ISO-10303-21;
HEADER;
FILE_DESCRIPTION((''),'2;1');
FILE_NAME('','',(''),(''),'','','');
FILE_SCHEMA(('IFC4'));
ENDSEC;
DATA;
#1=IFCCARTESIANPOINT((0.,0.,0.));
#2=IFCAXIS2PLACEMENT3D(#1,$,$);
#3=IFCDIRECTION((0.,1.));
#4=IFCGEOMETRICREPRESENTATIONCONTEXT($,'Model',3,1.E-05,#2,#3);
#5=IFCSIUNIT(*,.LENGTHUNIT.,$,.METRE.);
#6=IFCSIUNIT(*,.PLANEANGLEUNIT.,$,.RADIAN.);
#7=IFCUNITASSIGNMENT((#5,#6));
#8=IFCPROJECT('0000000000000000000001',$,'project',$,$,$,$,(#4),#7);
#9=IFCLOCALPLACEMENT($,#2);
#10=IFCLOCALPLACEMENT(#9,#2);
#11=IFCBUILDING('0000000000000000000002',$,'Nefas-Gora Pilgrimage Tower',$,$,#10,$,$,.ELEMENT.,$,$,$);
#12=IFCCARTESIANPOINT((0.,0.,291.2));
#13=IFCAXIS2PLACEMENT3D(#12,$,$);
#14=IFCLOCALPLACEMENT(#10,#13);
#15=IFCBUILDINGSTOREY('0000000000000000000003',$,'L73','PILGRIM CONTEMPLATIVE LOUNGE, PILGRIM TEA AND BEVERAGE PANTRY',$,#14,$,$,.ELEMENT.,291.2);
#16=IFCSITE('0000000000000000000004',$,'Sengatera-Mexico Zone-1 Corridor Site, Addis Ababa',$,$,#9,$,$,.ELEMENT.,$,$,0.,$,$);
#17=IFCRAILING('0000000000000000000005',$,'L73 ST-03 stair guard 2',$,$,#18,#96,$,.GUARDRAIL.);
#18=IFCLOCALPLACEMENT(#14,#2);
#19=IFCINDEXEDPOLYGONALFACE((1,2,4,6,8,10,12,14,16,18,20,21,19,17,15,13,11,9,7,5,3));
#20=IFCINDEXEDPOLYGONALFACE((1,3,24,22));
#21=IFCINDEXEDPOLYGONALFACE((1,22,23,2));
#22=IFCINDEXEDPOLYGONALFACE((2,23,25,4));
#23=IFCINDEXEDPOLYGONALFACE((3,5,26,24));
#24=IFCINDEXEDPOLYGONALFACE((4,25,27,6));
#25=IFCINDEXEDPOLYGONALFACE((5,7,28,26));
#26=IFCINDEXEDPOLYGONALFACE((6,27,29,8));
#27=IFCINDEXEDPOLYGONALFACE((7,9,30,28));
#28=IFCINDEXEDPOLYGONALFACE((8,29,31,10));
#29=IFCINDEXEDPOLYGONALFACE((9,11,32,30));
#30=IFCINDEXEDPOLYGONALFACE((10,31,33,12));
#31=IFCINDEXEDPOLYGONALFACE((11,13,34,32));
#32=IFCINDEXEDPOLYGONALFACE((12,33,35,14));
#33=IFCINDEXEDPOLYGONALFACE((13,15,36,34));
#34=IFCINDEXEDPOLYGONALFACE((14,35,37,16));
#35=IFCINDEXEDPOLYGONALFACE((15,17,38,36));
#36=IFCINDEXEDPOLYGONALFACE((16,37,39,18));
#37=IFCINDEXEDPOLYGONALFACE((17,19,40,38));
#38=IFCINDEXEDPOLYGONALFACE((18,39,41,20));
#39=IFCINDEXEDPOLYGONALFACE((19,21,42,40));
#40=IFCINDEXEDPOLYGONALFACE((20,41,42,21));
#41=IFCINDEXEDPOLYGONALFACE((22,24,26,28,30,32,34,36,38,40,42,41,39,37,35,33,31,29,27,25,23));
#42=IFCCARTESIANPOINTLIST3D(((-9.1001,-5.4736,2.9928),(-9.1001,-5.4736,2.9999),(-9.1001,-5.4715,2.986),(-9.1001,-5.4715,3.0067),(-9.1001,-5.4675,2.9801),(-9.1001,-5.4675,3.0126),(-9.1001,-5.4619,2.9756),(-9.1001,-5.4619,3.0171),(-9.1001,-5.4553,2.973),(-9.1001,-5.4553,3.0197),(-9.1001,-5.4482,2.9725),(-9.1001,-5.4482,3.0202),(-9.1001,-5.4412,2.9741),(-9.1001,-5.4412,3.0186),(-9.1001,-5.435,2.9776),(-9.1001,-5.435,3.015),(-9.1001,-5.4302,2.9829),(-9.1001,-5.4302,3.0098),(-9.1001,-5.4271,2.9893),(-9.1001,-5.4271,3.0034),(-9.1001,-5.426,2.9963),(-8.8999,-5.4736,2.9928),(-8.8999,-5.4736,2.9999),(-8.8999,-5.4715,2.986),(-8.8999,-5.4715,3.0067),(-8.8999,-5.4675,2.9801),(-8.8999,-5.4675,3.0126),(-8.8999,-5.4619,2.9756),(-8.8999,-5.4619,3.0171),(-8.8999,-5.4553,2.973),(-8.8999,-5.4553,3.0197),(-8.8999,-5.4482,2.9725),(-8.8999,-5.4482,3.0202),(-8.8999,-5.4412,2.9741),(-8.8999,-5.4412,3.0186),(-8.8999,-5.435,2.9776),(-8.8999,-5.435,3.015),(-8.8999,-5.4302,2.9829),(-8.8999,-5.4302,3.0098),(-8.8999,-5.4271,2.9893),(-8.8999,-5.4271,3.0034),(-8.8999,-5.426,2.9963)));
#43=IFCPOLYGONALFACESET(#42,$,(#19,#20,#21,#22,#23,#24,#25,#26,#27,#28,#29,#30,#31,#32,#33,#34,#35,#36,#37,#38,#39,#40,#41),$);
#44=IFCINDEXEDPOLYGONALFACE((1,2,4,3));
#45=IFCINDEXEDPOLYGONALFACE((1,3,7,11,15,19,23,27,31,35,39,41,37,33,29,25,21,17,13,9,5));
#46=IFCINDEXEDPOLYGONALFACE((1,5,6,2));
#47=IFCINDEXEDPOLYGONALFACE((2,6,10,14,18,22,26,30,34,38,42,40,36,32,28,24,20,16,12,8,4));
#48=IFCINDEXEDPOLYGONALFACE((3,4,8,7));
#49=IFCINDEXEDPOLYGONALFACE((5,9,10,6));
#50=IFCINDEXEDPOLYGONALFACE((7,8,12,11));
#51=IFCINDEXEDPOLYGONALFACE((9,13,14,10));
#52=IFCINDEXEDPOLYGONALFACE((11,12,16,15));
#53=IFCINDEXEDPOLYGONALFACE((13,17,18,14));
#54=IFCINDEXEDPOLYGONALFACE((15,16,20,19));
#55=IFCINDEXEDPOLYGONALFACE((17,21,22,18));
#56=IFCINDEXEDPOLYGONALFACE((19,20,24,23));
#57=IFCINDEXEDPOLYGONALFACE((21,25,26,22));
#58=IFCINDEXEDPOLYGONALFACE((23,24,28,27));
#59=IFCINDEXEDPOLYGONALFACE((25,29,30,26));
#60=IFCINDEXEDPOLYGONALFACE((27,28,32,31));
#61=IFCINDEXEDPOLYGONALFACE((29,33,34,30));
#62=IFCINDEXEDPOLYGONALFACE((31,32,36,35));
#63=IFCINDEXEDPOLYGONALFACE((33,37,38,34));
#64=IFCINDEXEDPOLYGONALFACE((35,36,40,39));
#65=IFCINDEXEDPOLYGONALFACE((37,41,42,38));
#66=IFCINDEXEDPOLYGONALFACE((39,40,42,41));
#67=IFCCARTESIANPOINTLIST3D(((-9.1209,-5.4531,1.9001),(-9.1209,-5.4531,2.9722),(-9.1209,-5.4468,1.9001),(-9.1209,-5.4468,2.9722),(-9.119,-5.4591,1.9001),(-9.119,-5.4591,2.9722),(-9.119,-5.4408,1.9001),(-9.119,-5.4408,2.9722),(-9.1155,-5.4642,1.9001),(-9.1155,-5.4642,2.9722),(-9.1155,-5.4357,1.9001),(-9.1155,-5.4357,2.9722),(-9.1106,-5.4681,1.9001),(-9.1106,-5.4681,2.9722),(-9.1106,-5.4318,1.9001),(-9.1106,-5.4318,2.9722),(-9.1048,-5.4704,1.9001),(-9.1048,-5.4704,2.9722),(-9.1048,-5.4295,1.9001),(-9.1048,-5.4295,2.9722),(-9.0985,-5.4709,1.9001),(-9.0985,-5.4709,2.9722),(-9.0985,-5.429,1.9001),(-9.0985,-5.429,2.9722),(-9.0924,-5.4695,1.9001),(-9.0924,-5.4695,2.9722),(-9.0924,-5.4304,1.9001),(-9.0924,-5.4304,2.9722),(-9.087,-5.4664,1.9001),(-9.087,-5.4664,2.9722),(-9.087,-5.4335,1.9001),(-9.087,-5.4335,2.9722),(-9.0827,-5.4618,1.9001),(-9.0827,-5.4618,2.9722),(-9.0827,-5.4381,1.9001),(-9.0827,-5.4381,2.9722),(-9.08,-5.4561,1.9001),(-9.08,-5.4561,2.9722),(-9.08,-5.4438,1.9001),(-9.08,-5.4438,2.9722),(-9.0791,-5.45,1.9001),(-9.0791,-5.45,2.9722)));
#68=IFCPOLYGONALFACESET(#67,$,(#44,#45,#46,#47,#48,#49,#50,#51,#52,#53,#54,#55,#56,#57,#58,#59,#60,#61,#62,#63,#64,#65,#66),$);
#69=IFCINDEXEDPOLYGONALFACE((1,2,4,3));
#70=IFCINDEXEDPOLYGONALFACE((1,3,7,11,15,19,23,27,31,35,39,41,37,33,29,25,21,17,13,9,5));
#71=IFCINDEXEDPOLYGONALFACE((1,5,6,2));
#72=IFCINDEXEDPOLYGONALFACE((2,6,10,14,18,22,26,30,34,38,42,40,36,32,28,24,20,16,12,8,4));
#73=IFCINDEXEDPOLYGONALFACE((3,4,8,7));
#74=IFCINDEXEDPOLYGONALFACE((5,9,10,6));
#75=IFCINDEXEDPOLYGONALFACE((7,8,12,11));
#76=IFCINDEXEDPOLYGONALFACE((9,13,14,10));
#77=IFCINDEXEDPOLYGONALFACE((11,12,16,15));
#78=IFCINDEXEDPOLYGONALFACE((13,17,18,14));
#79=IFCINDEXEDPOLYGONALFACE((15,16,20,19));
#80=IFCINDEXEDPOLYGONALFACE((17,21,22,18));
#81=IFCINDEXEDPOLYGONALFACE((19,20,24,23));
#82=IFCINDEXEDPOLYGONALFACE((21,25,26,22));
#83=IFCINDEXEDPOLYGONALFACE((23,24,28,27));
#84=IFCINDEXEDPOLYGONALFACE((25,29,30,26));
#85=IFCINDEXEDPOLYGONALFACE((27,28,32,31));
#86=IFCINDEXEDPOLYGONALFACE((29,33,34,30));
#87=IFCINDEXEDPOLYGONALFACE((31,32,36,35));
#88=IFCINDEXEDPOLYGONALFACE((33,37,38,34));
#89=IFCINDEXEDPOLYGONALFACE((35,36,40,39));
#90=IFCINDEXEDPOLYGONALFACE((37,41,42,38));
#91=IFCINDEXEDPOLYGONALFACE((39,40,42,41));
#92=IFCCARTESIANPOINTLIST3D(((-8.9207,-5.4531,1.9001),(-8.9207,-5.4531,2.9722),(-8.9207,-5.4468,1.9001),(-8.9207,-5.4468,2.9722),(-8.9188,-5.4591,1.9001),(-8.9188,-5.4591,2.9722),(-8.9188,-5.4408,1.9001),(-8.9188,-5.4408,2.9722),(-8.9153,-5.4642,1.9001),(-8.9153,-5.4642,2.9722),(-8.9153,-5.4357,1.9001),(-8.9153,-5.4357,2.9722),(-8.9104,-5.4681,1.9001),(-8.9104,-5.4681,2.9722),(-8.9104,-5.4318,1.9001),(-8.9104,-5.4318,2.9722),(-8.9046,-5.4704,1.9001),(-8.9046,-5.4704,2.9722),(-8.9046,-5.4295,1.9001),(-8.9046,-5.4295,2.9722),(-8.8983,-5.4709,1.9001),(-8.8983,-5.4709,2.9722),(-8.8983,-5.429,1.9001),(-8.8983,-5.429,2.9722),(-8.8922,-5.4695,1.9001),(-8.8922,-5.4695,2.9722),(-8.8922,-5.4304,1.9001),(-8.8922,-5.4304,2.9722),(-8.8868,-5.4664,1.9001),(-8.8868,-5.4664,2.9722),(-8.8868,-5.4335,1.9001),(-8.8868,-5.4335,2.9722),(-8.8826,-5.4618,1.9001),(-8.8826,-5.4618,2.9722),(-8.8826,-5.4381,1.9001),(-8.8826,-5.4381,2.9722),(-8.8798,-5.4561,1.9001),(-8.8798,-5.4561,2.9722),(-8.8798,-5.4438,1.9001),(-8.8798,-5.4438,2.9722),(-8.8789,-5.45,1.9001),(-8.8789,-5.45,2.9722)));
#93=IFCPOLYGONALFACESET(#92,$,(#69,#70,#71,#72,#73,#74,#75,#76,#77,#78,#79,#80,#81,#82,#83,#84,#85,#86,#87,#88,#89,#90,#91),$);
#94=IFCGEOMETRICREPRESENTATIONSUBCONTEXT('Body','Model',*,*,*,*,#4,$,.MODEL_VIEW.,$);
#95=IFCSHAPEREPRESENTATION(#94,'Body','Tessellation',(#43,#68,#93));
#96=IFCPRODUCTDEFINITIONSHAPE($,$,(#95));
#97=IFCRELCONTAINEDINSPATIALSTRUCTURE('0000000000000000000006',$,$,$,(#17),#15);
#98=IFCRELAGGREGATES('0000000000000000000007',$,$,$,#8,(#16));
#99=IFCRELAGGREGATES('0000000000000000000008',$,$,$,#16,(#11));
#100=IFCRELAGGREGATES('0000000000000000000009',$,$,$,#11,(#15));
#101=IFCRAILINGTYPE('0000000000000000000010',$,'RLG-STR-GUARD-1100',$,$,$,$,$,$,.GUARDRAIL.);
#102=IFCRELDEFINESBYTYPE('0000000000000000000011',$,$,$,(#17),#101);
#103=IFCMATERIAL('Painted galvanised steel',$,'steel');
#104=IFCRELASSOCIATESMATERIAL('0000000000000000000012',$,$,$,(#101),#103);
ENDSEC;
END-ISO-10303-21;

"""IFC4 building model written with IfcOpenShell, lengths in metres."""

from ifc_helpers import new_model, si_unit, direction, frame, origin, origin_2d, place, context, subcontext, project, spatial, circle, extrude, material, type_object, element, save


model = new_model("IFC4")

# Units and contexts
model_context = context("Model", 3, precision=1e-05, world=origin(), true_north=direction((0.0, 1.0)))
body_context = subcontext(model_context, "Body", "Model", "MODEL_VIEW")
ifc_project = project(units=[si_unit("LENGTHUNIT", "METRE"), si_unit("PLANEANGLEUNIT", "RADIAN")], contexts=[model_context])

# Site, building, storey
site_placement = place(None, origin())
site = spatial("IfcSite", under=ifc_project, at=site_placement, Name="Sengatera-Mexico Zone-1 Corridor Site, Addis Ababa", CompositionType="ELEMENT", RefElevation=0.0)
building_placement = place(site_placement, origin())
building = spatial("IfcBuilding", under=site, at=building_placement, Name="Nefas-Gora Pilgrimage Tower", CompositionType="ELEMENT")
storey_placement = place(building_placement, frame((0.0, 0.0, 291.2)))
storey = spatial("IfcBuildingStorey", under=building, at=storey_placement, Name="L73", Description="PILGRIM CONTEMPLATIVE LOUNGE, PILGRIM TEA AND BEVERAGE PANTRY", CompositionType="ELEMENT", Elevation=291.2)

# Railing
ifc_material_1 = material(Name="Painted galvanised steel", Category="steel")
railing_type_1 = type_object("IfcRailingType", Name="RLG-STR-GUARD-1100", PredefinedType="GUARDRAIL", material=ifc_material_1)
railing_1_placement = place(storey_placement, frame((-9.1001, -5.45, 1.9001)))
element("IfcRailing", 1, at=railing_1_placement, inside=storey, type_object=railing_type_1, Name="L73 ST-03 stair guard 2", PredefinedType="GUARDRAIL", context=body_context, shape_type="SweptSolid", body=[
    extrude(circle(Radius=0.0239, at=origin_2d()), frame((0.0, 0.0, 1.0962), z_axis=(1.0, 0.0, 0.0), x_axis=(0.0, 1.0, 0.0)), (0.0, 0.0, 1.0), 0.2002),
    extrude(circle(Radius=0.021, at=origin_2d()), origin(), (0.0, 0.0, 1.0), 1.072),
    extrude(circle(Radius=0.021, at=origin_2d()), frame((0.2002, 0.0, 0.0)), (0.0, 0.0, 1.0), 1.072),
])

save(model, "model.ifc")
